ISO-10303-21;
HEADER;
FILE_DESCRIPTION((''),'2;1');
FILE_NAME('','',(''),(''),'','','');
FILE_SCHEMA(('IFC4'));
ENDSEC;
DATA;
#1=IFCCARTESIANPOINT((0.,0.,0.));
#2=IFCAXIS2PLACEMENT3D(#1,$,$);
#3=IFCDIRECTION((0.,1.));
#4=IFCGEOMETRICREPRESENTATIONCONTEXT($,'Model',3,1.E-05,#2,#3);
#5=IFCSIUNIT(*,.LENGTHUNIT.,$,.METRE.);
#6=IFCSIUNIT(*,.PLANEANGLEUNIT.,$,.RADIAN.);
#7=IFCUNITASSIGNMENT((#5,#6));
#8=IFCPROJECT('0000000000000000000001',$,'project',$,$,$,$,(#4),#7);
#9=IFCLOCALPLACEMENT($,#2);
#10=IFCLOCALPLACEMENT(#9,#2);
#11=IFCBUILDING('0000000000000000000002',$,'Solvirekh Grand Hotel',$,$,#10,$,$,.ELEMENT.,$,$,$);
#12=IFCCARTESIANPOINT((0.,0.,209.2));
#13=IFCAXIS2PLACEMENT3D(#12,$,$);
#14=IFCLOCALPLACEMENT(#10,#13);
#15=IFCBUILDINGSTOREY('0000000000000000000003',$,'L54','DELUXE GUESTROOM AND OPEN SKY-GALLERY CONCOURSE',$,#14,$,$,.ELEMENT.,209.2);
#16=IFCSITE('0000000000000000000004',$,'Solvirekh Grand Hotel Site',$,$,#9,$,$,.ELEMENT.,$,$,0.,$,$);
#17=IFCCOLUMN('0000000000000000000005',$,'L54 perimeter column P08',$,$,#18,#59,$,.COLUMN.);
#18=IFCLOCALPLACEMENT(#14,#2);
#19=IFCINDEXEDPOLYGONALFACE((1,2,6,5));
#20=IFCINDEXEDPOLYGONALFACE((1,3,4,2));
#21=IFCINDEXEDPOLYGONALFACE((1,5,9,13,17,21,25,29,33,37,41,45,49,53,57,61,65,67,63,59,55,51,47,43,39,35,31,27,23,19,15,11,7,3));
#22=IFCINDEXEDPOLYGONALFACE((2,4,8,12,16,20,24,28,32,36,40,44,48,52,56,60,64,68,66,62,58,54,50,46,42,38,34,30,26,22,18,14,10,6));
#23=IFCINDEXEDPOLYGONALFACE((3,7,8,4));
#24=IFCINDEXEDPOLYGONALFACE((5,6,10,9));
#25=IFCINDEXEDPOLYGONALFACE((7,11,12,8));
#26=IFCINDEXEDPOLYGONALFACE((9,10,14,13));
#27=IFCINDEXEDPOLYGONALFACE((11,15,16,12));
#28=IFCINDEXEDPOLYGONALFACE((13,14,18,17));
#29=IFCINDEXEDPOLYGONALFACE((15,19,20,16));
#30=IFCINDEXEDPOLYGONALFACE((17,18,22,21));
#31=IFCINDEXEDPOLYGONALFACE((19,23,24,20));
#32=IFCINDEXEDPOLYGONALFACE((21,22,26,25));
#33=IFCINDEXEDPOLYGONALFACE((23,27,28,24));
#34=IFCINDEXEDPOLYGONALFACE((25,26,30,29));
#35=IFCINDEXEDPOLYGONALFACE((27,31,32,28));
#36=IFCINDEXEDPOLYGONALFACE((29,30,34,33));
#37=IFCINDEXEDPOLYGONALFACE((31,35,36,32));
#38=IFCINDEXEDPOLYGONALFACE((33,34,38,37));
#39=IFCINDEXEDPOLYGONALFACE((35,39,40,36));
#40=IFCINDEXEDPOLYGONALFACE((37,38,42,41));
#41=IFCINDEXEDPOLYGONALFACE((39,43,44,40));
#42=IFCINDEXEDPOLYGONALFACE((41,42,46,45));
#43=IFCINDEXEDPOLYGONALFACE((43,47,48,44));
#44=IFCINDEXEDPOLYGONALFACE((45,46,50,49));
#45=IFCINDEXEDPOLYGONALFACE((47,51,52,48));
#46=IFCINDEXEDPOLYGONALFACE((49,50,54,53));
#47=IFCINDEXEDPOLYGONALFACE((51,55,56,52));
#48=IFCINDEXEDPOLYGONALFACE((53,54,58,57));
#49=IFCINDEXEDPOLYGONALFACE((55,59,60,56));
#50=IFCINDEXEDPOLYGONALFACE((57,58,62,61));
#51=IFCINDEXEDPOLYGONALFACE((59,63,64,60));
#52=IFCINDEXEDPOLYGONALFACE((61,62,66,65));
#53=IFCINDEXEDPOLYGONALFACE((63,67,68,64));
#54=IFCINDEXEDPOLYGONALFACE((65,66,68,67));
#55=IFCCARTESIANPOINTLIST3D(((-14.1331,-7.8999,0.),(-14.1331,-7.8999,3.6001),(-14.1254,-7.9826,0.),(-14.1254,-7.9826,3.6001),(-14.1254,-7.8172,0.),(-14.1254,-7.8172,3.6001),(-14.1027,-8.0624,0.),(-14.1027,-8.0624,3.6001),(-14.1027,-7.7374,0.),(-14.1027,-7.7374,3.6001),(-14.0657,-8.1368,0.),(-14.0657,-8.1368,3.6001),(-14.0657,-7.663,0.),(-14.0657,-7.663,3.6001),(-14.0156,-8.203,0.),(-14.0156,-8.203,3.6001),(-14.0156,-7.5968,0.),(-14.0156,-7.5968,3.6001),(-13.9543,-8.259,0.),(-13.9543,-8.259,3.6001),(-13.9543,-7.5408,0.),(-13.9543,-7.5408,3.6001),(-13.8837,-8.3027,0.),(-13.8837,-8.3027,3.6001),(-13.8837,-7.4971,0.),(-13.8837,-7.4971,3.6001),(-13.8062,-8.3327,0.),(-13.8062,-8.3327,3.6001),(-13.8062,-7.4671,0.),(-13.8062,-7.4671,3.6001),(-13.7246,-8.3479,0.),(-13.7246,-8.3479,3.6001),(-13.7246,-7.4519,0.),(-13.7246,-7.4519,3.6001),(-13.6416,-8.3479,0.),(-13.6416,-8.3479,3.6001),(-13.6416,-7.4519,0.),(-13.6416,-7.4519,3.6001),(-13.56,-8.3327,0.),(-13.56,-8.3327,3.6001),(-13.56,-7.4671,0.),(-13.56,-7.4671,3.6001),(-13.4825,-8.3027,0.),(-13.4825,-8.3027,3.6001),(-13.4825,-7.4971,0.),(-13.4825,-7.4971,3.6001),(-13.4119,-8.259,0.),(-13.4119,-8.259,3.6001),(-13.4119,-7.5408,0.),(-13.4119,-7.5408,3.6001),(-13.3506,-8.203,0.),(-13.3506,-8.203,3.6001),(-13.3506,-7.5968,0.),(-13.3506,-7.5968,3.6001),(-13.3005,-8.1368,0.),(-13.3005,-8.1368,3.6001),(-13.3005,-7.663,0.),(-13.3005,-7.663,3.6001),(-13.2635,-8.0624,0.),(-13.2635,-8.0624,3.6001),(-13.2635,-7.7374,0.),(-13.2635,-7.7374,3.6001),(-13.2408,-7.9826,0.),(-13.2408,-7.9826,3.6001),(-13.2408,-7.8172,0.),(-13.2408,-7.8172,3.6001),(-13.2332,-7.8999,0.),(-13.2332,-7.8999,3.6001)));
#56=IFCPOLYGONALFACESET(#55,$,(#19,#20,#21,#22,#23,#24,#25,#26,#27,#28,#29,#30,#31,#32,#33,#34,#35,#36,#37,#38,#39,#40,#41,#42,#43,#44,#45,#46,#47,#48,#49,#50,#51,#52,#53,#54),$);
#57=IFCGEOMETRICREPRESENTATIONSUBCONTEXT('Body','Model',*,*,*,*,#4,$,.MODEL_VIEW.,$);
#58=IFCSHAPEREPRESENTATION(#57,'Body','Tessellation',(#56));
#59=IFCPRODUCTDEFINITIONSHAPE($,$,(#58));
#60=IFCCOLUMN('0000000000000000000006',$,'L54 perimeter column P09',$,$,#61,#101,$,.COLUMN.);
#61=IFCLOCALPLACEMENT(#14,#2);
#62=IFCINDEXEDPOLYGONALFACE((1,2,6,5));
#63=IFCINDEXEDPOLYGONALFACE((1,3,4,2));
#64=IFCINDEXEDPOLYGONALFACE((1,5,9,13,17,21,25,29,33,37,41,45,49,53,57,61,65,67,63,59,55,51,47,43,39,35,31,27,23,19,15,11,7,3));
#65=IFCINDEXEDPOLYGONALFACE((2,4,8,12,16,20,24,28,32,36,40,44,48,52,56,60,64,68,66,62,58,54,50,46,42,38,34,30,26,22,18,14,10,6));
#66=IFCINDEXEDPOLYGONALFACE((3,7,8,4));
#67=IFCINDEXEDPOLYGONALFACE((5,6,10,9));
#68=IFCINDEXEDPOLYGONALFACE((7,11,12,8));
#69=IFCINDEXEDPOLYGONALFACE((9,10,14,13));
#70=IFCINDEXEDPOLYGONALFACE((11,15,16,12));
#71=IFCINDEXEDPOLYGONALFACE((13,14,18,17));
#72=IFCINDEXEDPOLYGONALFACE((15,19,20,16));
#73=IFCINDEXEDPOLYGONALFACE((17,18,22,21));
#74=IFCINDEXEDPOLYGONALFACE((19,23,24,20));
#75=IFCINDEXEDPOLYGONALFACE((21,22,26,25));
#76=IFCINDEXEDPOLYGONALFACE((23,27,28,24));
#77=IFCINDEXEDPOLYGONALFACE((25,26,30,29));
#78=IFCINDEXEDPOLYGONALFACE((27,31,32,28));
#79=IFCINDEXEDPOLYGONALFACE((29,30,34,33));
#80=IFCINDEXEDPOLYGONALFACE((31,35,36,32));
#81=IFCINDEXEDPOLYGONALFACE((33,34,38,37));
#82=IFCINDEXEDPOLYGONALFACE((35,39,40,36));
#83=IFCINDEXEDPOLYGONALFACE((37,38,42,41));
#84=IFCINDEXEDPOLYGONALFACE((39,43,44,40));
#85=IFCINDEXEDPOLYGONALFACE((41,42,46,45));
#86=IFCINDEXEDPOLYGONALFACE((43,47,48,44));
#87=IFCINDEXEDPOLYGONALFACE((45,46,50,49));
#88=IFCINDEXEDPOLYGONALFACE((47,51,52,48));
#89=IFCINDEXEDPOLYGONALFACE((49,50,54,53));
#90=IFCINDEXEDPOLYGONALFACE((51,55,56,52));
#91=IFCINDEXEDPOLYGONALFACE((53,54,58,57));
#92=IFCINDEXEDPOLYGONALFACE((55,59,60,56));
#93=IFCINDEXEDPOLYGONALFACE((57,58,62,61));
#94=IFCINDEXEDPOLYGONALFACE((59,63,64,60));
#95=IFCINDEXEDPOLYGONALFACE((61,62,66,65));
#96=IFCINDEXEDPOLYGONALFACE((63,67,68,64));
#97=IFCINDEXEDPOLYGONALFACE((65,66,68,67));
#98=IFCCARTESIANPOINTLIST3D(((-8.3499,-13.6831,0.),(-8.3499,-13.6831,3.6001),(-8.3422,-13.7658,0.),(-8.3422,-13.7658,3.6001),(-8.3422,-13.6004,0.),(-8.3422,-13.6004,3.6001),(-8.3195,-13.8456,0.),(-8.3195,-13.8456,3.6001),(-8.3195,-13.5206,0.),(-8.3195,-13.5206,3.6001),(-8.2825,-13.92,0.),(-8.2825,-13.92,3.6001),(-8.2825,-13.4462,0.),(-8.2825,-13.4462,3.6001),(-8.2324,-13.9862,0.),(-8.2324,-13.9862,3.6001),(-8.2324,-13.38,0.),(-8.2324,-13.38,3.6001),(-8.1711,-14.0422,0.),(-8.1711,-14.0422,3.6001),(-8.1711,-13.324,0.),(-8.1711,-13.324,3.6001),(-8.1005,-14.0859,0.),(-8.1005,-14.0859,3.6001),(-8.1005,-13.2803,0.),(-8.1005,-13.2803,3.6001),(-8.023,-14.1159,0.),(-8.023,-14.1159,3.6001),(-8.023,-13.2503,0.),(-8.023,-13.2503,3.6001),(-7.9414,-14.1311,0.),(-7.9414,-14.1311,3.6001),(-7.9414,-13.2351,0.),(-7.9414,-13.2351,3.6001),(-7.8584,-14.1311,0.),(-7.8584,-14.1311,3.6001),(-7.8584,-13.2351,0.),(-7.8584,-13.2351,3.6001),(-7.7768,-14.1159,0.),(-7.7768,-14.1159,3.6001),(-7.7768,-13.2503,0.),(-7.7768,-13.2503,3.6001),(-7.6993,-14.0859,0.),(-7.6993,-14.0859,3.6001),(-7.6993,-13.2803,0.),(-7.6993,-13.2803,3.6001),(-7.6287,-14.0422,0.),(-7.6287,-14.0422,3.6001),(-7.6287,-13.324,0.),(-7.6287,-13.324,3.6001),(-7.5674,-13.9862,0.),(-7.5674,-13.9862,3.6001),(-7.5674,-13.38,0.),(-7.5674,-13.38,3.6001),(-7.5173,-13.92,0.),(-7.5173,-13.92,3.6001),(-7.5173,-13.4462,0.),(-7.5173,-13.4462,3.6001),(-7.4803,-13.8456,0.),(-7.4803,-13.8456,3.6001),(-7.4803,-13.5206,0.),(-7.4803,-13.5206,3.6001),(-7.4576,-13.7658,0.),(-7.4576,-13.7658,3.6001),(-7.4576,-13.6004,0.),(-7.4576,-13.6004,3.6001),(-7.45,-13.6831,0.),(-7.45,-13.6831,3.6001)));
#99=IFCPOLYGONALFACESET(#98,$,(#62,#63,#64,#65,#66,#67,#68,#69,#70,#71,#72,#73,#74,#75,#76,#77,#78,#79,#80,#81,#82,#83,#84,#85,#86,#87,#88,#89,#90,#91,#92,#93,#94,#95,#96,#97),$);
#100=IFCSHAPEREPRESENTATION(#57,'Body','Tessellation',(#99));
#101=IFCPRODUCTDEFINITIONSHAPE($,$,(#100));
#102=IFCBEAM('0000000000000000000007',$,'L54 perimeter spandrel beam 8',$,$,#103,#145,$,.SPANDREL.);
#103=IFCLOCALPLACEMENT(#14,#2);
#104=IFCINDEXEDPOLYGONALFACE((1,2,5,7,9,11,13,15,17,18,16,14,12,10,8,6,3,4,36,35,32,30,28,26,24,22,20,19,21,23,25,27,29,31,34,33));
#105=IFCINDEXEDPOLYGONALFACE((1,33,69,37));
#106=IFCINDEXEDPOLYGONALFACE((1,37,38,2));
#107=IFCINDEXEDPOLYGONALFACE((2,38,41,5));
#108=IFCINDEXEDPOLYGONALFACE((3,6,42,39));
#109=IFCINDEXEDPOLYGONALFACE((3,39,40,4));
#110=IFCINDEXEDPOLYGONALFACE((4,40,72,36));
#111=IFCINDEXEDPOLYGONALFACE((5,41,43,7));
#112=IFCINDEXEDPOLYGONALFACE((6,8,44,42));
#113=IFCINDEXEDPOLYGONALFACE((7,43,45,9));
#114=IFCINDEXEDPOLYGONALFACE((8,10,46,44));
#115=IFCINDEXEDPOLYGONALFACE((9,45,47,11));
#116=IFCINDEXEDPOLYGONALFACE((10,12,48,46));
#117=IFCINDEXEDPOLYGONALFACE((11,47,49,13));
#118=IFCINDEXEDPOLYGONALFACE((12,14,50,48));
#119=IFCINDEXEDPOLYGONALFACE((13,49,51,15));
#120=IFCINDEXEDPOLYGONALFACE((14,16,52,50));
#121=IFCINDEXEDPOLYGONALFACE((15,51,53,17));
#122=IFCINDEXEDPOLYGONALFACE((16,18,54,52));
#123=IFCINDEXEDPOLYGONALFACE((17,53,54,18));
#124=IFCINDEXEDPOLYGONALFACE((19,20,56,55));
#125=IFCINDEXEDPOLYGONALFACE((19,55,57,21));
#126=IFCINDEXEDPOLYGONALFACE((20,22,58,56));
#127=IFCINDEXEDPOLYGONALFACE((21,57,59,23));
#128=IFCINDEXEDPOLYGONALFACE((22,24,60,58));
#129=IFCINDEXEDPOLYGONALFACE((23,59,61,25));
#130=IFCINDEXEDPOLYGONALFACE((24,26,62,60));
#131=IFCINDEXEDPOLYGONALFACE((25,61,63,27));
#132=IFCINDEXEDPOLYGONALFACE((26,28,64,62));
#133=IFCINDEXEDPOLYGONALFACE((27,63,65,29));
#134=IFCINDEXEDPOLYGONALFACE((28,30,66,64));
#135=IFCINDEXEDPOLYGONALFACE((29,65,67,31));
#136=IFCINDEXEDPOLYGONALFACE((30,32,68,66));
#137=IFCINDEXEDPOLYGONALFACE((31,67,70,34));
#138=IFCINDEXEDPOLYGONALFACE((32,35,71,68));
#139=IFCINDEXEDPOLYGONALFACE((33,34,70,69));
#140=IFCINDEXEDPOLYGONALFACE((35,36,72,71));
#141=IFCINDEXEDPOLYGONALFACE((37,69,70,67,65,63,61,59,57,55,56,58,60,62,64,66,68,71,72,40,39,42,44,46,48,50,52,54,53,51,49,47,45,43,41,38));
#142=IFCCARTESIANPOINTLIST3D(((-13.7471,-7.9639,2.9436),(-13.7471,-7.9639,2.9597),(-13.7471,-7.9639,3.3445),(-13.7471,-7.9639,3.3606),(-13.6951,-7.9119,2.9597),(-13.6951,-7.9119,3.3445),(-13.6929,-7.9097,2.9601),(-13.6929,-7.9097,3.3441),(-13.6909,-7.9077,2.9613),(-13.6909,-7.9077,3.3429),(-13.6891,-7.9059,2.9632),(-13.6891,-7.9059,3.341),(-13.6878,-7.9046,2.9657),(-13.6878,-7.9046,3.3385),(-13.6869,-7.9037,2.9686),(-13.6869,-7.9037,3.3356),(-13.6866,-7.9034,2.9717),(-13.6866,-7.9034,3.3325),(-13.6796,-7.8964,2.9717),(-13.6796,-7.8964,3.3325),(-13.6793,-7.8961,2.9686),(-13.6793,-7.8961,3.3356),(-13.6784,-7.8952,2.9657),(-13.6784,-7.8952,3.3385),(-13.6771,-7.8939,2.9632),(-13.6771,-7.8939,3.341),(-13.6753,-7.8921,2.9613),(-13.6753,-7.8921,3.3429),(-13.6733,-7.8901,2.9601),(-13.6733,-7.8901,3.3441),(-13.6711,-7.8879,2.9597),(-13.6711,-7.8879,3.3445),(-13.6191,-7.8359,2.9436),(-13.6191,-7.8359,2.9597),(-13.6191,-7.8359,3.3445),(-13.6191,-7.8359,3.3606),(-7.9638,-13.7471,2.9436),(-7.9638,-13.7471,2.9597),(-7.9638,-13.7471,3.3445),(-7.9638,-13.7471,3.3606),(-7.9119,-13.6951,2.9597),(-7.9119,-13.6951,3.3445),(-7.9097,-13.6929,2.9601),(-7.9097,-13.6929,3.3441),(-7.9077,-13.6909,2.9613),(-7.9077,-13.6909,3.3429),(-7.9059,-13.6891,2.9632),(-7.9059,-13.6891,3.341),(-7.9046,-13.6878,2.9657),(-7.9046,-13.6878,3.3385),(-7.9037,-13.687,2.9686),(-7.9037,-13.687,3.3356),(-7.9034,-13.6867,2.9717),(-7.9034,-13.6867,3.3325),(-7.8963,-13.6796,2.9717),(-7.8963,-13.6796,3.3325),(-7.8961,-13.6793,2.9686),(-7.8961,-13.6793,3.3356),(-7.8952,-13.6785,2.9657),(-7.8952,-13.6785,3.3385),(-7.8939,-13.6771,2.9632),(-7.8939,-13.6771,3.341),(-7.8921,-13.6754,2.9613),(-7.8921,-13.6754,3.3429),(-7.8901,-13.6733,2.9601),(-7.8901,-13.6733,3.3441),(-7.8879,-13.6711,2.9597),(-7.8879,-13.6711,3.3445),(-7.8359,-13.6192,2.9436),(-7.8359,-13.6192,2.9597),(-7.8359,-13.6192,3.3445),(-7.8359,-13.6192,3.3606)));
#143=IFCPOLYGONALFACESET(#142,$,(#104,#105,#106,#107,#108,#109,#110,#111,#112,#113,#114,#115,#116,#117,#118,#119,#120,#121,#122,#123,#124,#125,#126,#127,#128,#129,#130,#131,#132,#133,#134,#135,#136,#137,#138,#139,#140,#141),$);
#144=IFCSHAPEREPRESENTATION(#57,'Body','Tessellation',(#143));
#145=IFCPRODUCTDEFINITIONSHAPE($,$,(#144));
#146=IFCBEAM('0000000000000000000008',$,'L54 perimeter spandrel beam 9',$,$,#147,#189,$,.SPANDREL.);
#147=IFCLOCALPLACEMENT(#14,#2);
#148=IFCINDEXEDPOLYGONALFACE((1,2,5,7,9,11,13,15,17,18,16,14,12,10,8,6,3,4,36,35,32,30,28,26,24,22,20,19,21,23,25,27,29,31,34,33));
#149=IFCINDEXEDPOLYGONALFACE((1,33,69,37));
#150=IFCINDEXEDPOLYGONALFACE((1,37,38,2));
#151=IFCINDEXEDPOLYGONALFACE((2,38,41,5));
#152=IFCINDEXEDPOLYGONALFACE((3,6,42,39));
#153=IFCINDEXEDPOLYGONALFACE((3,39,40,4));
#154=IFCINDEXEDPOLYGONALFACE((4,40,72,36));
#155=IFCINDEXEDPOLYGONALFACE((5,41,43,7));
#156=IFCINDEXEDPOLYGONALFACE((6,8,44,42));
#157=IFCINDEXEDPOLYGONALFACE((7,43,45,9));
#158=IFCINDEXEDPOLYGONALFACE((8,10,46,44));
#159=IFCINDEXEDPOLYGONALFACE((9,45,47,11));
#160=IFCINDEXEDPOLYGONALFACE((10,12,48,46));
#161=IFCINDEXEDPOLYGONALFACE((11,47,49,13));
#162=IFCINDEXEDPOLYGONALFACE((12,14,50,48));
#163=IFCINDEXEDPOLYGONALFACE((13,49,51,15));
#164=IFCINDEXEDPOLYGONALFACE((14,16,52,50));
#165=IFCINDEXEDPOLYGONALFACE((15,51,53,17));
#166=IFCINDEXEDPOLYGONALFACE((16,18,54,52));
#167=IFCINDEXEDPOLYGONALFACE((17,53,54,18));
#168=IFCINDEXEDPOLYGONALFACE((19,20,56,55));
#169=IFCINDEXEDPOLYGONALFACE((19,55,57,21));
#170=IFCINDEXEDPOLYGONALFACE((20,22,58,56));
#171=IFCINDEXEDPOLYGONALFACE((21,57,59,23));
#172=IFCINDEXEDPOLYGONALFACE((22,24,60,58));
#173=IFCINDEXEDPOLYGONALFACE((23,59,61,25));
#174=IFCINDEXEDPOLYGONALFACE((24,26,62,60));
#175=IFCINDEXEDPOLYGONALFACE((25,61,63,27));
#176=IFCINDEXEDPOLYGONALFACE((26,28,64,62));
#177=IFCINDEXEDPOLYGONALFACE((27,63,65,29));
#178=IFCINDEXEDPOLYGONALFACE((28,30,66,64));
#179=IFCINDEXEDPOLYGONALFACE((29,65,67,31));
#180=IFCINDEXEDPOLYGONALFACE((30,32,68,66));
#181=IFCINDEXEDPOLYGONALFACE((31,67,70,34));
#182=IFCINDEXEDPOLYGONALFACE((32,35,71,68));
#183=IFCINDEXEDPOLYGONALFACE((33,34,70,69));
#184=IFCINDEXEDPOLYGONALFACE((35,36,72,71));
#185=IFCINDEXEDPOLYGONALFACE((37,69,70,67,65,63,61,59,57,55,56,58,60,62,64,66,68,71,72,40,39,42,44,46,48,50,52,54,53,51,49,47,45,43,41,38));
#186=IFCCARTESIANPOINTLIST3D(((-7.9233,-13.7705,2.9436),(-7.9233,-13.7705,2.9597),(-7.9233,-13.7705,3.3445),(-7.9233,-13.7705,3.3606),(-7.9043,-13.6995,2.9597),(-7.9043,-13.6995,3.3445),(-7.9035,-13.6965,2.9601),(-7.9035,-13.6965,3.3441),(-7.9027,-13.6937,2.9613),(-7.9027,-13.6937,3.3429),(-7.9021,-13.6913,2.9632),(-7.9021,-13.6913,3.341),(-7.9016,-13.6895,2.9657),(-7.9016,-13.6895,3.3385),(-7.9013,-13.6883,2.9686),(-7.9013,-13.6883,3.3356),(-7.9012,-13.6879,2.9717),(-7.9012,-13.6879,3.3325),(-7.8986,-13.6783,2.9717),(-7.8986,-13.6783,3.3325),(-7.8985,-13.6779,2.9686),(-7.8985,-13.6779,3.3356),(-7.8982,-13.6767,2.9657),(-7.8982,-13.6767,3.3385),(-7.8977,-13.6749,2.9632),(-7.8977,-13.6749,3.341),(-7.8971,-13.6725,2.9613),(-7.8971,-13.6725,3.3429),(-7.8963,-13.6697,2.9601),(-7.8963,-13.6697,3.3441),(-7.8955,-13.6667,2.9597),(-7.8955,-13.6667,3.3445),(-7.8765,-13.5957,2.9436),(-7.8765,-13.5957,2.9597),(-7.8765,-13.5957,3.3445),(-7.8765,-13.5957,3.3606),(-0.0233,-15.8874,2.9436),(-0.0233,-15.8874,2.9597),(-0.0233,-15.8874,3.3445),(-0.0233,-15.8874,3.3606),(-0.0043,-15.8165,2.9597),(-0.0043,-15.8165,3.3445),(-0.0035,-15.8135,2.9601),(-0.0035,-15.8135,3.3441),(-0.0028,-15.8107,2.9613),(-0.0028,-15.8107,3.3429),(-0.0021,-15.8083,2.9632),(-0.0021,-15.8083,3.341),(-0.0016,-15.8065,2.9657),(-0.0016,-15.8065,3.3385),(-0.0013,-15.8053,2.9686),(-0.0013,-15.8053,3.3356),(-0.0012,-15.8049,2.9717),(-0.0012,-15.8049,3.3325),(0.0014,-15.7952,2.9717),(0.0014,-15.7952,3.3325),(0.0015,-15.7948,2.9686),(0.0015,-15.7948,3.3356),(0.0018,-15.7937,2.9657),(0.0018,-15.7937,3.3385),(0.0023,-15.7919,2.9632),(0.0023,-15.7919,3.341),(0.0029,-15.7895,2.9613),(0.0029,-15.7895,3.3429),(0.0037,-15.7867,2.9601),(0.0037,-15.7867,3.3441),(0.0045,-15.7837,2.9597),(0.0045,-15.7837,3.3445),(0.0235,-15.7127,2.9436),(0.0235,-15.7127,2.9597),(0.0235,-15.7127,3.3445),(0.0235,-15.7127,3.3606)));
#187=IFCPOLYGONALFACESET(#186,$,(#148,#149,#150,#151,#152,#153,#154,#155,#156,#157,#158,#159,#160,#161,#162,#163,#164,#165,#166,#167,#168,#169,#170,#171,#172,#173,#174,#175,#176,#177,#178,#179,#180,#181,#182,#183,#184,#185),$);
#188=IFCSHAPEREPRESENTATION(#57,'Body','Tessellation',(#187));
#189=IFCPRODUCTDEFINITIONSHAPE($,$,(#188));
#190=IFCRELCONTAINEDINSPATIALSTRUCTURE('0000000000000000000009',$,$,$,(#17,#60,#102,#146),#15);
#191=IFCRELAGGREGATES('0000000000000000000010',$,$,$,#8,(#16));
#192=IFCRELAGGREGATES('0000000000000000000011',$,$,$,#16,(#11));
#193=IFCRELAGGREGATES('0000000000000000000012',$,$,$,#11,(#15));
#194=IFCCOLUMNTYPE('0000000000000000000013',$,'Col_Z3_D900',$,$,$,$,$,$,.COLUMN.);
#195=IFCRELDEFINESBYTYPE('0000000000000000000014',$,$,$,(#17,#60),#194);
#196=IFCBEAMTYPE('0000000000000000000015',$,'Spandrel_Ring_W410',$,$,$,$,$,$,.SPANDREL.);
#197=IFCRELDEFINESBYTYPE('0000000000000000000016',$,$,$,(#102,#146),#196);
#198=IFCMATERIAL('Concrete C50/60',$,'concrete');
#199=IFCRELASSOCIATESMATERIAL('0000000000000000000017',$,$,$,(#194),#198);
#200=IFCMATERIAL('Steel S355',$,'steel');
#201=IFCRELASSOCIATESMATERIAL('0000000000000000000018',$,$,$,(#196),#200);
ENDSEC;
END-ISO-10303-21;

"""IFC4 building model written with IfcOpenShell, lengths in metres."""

from ifc_helpers import new_model, si_unit, direction, frame, origin, origin_2d, place, context, subcontext, project, spatial, circle, i_section, extrude, material, material_profile, profile_set, type_object, element, save


model = new_model("IFC4")

# Units and contexts
model_context = context("Model", 3, precision=1e-05, world=origin(), true_north=direction((0.0, 1.0)))
body_context = subcontext(model_context, "Body", "Model", "MODEL_VIEW")
ifc_project = project(units=[si_unit("LENGTHUNIT", "METRE"), si_unit("PLANEANGLEUNIT", "RADIAN")], contexts=[model_context])

# Site, building, storey
site_placement = place(None, origin())
site = spatial("IfcSite", under=ifc_project, at=site_placement, Name="Solvirekh Grand Hotel Site", CompositionType="ELEMENT", RefElevation=0.0)
building_placement = place(site_placement, origin())
building = spatial("IfcBuilding", under=site, at=building_placement, Name="Solvirekh Grand Hotel", CompositionType="ELEMENT")
storey_placement = place(building_placement, frame((0.0, 0.0, 209.2)))
storey = spatial("IfcBuildingStorey", under=building, at=storey_placement, Name="L54", Description="DELUXE GUESTROOM AND OPEN SKY-GALLERY CONCOURSE", CompositionType="ELEMENT", Elevation=209.2)

# Columns
ifc_material_1 = material(Name="Concrete C50/60", Category="concrete")
ifc_material_profile_1 = material_profile(ifc_material_1, circle(Radius=0.45, at=origin_2d()), Name="RC CIRC D900")
ifc_profile_set_1 = profile_set([ifc_material_profile_1], Name="Concrete C50/60")
column_type = type_object("IfcColumnType", Name="Col_Z3_D900", PredefinedType="COLUMN", material=ifc_profile_set_1)
for number, where, z_axis, x_axis, name in (
    (1, (-13.6831, -7.8999, 0.0), (0.0, 0.0, 1.0), (1.0, 0.0, 0.0), "L54 perimeter column P08"),
    (2, (-7.8999, -13.6831, 0.0), (0.0, 0.0, 1.0), (1.0, 0.0, 0.0), "L54 perimeter column P09"),
):
    element("IfcColumn", number, at=place(storey_placement, frame(where, z_axis=z_axis, x_axis=x_axis)), inside=storey, type_object=column_type, Name=name, PredefinedType="COLUMN", context=body_context, shape_type="SweptSolid", body=[
        extrude(circle(Radius=0.45, at=origin_2d()), origin(), (0.0, 0.0, 1.0), 3.6001),
    ])

# Beams
ifc_material_2 = material(Name="Steel S355", Category="steel")
ifc_material_profile_2 = material_profile(ifc_material_2, i_section(OverallWidth=0.1809, OverallDepth=0.417, WebThickness=0.01, FlangeThickness=0.0161, FilletRadius=0.012, at=origin_2d()), Name="W410X85")
ifc_profile_set_2 = profile_set([ifc_material_profile_2], Name="Steel S355")
beam_type = type_object("IfcBeamType", Name="Spandrel_Ring_W410", PredefinedType="SPANDREL", material=ifc_profile_set_2)
for number, where, z_axis, x_axis, name in (
    (3, (-13.6831, -7.8999, 3.1521), (0.707107, -0.707107, 0.0), (0.707107, 0.707107, 0.0), "L54 perimeter spandrel beam 8"),
    (4, (-7.8999, -13.6831, 3.1521), (0.965921, -0.258839, 0.0), (0.258839, 0.965921, 0.0), "L54 perimeter spandrel beam 9"),
):
    element("IfcBeam", number, at=place(storey_placement, frame(where, z_axis=z_axis, x_axis=x_axis)), inside=storey, type_object=beam_type, Name=name, PredefinedType="SPANDREL", context=body_context, shape_type="SweptSolid", body=[
        extrude(i_section(OverallWidth=0.1809, OverallDepth=0.417, WebThickness=0.01, FlangeThickness=0.0161, FilletRadius=0.012, at=origin_2d()), origin(), (0.0, 0.0, 1.0), 8.1787),
    ])

save(model, "model.ifc")
